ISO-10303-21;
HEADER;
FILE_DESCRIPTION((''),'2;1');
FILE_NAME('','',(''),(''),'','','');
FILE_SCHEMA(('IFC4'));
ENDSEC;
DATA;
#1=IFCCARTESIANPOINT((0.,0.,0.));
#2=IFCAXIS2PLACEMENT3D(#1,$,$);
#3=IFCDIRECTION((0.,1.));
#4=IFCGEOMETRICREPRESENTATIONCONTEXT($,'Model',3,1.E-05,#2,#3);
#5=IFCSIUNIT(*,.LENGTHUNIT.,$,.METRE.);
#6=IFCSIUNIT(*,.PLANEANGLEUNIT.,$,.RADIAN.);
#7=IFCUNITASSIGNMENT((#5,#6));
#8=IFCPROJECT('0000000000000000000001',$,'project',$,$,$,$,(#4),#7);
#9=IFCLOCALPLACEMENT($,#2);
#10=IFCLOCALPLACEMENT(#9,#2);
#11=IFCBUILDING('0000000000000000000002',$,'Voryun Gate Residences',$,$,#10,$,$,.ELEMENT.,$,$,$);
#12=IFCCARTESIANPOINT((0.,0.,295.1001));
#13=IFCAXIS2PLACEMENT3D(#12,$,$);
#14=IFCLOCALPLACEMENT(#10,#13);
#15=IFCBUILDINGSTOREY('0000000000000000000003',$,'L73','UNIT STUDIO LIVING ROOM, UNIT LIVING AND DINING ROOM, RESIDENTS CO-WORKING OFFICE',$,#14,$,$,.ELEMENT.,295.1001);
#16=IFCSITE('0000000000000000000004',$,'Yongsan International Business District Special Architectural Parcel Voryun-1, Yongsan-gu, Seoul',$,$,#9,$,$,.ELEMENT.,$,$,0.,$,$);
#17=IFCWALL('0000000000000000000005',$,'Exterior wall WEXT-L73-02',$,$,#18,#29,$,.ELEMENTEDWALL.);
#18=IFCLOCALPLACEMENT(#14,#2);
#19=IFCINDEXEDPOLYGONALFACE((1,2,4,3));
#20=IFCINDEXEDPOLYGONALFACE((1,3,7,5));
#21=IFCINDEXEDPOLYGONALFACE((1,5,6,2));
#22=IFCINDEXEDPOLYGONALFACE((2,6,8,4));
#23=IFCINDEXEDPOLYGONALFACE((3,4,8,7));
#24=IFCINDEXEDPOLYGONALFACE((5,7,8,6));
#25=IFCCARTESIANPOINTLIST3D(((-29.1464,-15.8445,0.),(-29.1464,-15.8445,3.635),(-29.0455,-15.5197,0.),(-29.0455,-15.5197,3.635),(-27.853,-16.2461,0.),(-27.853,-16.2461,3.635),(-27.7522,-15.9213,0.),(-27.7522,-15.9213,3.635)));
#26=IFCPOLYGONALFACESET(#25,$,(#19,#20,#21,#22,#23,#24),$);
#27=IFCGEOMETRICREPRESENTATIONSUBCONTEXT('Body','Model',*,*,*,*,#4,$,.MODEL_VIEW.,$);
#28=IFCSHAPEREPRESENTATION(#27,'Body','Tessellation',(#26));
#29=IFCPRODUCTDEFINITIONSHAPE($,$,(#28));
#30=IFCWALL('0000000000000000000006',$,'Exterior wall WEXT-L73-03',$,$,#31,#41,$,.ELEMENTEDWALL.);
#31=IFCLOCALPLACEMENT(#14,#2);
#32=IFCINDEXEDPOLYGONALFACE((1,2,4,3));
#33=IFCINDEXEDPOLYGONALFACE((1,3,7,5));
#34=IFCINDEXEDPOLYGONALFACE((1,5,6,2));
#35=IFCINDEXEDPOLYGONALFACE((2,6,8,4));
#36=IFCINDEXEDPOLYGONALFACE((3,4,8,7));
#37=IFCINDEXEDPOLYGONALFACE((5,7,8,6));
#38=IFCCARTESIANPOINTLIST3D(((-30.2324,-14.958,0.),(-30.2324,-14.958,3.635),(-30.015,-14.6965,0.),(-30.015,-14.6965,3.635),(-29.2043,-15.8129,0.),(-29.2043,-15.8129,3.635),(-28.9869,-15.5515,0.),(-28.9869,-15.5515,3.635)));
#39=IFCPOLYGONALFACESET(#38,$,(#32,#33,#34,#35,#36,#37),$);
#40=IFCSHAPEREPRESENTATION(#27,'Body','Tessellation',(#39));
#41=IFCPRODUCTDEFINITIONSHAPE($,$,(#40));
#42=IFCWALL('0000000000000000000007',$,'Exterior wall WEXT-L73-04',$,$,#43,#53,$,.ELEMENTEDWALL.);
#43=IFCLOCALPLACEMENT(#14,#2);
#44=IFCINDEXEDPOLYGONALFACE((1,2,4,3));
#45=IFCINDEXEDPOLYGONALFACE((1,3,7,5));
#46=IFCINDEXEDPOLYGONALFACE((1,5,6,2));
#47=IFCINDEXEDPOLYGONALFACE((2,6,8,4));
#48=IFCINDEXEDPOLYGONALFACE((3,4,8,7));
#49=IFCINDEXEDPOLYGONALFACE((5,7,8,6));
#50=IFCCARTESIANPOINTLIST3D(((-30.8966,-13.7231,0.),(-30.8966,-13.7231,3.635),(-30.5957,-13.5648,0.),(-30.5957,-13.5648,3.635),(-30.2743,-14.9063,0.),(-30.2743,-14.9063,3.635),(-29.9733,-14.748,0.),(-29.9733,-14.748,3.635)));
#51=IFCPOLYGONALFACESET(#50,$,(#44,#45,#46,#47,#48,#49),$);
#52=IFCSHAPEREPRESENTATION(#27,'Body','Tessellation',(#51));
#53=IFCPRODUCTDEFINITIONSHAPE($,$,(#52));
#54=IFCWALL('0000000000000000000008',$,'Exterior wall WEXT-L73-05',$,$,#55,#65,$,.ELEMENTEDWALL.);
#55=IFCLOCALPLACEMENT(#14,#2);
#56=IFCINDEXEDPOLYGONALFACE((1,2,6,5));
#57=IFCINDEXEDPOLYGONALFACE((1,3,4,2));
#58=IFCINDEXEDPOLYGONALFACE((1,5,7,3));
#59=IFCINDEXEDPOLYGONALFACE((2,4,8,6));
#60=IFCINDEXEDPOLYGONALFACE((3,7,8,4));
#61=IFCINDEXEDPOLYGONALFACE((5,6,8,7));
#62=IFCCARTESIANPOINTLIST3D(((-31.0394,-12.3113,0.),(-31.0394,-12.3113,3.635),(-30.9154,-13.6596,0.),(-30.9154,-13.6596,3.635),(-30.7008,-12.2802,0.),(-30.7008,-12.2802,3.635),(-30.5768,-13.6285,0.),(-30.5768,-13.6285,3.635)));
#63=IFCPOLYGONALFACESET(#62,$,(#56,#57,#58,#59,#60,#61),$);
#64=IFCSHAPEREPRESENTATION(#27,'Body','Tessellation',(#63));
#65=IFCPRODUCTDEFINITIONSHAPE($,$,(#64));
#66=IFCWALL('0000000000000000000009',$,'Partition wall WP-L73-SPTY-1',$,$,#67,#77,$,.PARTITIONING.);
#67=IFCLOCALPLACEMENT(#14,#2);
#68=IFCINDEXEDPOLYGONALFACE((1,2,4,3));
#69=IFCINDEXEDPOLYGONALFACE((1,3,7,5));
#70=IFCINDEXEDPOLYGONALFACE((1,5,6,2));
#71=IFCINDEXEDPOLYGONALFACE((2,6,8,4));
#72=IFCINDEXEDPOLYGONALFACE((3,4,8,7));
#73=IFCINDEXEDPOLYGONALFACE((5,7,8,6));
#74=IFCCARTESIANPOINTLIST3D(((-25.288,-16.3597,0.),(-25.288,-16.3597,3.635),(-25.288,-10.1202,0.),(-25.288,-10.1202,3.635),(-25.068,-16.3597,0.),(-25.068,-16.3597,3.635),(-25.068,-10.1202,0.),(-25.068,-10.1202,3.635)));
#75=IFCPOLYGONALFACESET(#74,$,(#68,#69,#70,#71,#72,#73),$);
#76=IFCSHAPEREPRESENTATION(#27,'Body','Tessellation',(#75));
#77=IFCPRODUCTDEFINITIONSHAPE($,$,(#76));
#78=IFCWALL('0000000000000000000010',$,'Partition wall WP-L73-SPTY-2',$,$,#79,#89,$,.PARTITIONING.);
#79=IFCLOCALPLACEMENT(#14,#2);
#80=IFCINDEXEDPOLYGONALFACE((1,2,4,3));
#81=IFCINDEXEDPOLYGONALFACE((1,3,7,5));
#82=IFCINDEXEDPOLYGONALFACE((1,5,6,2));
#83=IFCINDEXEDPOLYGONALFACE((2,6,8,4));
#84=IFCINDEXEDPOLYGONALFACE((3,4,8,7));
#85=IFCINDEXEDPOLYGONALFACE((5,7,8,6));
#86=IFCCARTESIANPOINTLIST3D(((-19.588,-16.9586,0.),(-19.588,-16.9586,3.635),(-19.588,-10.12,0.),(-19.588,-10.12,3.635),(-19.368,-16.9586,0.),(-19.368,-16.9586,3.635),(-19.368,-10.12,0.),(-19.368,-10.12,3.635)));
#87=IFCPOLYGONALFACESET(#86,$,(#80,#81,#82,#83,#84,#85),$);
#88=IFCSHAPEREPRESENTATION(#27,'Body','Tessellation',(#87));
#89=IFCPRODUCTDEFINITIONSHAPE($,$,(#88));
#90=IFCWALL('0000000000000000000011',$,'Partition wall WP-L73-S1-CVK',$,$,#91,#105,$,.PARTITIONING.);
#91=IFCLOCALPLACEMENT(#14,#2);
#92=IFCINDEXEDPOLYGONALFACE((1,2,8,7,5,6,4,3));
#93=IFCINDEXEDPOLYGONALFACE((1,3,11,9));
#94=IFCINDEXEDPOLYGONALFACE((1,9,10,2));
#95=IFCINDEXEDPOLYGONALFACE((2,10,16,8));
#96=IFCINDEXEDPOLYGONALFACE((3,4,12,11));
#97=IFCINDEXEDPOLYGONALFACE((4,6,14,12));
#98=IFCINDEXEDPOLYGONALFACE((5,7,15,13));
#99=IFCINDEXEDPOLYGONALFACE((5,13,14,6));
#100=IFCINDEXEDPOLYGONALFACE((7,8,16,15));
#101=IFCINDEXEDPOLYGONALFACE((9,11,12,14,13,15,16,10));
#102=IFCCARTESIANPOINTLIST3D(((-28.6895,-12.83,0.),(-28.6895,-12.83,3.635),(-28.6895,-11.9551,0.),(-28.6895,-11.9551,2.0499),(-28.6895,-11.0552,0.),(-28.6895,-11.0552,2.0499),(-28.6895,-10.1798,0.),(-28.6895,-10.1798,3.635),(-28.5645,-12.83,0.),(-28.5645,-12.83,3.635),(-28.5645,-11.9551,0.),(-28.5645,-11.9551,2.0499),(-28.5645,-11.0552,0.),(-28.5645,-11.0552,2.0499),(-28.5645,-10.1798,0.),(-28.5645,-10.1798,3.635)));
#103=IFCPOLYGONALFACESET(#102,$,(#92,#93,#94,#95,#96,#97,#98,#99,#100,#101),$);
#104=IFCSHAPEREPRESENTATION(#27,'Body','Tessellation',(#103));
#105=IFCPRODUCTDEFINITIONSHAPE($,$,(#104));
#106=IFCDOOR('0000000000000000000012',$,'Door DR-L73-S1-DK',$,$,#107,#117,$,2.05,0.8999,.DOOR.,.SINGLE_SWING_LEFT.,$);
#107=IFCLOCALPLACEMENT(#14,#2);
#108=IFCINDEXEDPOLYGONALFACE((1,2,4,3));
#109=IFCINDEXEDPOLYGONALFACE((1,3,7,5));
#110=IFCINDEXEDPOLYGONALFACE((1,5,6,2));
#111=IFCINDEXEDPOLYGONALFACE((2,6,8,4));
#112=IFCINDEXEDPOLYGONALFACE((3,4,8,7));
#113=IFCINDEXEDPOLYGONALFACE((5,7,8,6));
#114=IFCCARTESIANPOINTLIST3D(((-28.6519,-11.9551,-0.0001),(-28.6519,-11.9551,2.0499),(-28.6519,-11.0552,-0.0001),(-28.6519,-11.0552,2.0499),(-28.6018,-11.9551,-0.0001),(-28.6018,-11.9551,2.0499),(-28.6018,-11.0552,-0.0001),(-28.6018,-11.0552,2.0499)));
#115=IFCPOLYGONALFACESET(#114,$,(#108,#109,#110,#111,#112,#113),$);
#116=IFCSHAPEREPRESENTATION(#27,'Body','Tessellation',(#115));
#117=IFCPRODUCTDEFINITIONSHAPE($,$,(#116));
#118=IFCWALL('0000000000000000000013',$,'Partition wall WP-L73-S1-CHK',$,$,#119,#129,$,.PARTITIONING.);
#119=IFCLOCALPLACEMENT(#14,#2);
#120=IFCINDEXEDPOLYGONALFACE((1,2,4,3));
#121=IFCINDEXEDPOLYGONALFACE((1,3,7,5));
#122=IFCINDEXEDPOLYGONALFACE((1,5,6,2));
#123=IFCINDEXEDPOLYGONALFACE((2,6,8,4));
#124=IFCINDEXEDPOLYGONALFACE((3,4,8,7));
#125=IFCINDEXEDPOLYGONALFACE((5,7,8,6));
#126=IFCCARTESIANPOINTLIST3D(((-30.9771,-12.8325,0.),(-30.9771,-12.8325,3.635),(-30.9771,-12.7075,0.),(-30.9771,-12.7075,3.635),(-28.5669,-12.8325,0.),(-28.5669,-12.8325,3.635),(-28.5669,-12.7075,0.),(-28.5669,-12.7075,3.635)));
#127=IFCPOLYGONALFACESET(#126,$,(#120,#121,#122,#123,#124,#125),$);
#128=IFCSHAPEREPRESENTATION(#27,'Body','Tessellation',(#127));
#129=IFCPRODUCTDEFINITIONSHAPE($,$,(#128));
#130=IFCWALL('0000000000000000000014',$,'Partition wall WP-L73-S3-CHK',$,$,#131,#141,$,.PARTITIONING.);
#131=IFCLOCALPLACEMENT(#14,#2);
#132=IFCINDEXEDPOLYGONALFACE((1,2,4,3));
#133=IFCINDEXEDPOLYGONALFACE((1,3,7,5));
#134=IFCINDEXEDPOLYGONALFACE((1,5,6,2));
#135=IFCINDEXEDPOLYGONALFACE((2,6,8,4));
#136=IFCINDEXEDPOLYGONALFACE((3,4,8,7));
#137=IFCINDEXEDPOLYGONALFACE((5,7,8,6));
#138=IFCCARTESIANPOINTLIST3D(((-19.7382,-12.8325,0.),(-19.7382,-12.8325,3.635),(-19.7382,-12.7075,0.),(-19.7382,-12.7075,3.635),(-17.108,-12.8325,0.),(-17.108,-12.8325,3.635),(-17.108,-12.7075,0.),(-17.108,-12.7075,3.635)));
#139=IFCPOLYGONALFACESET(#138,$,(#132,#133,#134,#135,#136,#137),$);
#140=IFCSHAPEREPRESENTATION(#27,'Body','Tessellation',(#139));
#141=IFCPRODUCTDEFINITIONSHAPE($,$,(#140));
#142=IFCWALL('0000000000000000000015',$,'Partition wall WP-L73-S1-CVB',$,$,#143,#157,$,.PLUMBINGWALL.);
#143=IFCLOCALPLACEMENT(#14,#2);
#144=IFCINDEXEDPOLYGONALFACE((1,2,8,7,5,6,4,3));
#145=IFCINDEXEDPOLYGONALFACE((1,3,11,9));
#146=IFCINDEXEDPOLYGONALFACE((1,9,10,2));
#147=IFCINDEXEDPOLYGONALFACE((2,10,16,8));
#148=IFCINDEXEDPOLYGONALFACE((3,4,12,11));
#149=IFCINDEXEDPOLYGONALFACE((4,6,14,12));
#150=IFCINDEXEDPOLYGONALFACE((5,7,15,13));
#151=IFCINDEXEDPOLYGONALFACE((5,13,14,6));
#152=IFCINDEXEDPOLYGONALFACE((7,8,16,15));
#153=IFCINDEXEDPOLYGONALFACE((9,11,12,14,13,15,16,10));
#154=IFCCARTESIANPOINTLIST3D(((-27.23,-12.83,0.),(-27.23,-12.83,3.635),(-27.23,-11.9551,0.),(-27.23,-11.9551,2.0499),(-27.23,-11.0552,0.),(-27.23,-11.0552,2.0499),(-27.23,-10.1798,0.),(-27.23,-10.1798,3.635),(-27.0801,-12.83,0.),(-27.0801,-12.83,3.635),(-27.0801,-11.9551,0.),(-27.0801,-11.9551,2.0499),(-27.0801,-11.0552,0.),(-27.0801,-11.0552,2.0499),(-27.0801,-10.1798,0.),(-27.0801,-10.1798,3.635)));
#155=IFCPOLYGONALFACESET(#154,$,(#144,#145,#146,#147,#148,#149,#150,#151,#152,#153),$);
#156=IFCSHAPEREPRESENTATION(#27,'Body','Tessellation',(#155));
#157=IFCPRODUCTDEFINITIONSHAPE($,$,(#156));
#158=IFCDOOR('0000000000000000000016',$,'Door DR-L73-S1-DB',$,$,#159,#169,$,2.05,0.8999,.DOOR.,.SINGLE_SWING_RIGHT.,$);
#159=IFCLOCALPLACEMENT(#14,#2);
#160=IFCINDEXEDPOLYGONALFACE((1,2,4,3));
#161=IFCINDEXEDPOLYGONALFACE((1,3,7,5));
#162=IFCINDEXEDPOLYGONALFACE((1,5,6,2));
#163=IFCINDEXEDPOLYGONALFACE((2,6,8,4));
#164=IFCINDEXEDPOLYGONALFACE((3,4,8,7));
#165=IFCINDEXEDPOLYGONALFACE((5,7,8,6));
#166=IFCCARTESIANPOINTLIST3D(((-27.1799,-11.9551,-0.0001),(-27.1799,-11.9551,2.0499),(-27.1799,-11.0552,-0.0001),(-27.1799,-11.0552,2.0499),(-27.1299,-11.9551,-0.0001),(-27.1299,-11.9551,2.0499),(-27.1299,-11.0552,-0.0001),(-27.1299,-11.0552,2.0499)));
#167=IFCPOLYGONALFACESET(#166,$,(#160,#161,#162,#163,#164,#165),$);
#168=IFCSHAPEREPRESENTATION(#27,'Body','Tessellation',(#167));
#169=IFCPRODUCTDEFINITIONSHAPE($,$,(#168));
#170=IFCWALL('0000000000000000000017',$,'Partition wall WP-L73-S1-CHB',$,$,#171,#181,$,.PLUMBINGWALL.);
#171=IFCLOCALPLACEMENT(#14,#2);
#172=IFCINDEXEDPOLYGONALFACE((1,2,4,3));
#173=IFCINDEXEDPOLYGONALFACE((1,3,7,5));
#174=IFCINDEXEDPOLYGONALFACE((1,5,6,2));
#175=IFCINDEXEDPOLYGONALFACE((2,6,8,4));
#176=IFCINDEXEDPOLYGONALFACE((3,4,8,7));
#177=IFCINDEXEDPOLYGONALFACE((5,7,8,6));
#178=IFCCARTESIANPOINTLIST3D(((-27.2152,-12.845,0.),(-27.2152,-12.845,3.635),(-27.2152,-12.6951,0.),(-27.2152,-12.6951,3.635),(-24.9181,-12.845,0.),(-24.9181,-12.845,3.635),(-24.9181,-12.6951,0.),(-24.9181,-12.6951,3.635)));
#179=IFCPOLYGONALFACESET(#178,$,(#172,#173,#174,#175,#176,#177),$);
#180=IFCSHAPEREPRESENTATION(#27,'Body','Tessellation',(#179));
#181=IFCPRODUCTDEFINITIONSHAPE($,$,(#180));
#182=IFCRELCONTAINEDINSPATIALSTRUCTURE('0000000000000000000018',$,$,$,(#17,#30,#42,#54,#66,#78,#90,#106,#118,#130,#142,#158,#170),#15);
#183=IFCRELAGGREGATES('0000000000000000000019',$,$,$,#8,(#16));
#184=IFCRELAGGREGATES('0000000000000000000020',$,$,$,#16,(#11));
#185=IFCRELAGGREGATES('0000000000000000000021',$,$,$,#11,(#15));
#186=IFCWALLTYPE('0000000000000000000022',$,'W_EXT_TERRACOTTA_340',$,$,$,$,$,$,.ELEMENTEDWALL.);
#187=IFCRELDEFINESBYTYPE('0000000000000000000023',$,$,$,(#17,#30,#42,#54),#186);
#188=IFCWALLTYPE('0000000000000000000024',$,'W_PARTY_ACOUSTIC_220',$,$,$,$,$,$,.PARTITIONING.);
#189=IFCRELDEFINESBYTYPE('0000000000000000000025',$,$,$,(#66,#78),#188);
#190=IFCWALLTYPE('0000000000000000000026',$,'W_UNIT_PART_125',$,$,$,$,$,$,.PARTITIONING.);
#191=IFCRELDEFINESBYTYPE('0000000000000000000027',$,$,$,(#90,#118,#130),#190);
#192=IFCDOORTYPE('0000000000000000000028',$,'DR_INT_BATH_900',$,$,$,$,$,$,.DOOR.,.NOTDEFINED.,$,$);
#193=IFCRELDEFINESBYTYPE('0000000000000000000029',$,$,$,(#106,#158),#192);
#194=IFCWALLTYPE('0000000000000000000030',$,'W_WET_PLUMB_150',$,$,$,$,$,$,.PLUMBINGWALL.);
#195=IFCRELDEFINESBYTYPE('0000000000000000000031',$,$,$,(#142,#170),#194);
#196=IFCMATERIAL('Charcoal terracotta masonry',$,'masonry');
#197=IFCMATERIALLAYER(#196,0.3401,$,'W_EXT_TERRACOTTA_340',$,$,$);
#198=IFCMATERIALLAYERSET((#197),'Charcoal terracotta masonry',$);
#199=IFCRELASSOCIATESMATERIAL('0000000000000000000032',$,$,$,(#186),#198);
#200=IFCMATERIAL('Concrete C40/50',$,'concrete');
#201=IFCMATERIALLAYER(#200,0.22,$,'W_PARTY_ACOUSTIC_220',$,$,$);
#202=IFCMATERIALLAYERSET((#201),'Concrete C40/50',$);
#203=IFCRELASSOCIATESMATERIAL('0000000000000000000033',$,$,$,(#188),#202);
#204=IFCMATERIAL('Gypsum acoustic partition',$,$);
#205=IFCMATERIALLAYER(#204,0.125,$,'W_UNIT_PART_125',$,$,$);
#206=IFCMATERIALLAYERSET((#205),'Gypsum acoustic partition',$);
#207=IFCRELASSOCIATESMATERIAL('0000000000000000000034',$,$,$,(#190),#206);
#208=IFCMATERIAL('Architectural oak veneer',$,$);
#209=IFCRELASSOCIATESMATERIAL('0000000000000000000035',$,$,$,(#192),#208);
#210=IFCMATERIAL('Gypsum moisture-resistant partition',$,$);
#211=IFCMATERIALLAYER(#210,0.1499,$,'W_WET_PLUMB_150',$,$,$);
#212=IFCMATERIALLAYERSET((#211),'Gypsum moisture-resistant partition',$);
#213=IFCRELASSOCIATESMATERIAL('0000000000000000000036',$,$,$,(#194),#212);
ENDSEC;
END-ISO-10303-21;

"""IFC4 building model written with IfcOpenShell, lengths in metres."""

from ifc_helpers import new_model, si_unit, direction, frame, frame_2d, origin, place, context, subcontext, project, spatial, rectangle, extrude, material, layer, layer_set, type_object, element, fill, save


model = new_model("IFC4")

# Units and contexts
model_context = context("Model", 3, precision=1e-05, world=origin(), true_north=direction((0.0, 1.0)))
body_context = subcontext(model_context, "Body", "Model", "MODEL_VIEW")
ifc_project = project(units=[si_unit("LENGTHUNIT", "METRE"), si_unit("PLANEANGLEUNIT", "RADIAN")], contexts=[model_context])

# Site, building, storey
site_placement = place(None, origin())
site = spatial("IfcSite", under=ifc_project, at=site_placement, Name="Yongsan International Business District Special Architectural Parcel Voryun-1, Yongsan-gu, Seoul", CompositionType="ELEMENT", RefElevation=0.0)
building_placement = place(site_placement, origin())
building = spatial("IfcBuilding", under=site, at=building_placement, Name="Voryun Gate Residences", CompositionType="ELEMENT")
storey_placement = place(building_placement, frame((0.0, 0.0, 295.1001)))
storey = spatial("IfcBuildingStorey", under=building, at=storey_placement, Name="L73", Description="UNIT STUDIO LIVING ROOM, UNIT LIVING AND DINING ROOM, RESIDENTS CO-WORKING OFFICE", CompositionType="ELEMENT", Elevation=295.1001)

# Walls
ifc_material_1 = material(Name="Charcoal terracotta masonry", Category="masonry")
ifc_layer_1 = layer(ifc_material_1, 0.3401, Name="W_EXT_TERRACOTTA_340")
ifc_layer_set_1 = layer_set([ifc_layer_1], Name="Charcoal terracotta masonry")
wall_type_1 = type_object("IfcWallType", Name="W_EXT_TERRACOTTA_340", PredefinedType="ELEMENTEDWALL", material=ifc_layer_set_1)
wall_1_placement = place(storey_placement, frame((-27.8025, -16.0837, 0.0), z_axis=(0.0, 0.0, 1.0), x_axis=(-0.955008, 0.296581, 0.0)))
element("IfcWall", 1, at=wall_1_placement, inside=storey, type_object=wall_type_1, Name="Exterior wall WEXT-L73-02", PredefinedType="ELEMENTEDWALL", context=body_context, shape_type="SweptSolid", body=[
    extrude(rectangle(XDim=1.3542, YDim=0.3401, at=frame_2d((0.6772, 0.0))), origin(), (0.0, 0.0, 1.0), 3.635),
])
wall_2_placement = place(storey_placement, frame((-29.0957, -15.6821, 0.0), z_axis=(0.0, 0.0, 1.0), x_axis=(-0.768864, 0.639412, 0.0)))
element("IfcWall", 2, at=wall_2_placement, inside=storey, type_object=wall_type_1, Name="Exterior wall WEXT-L73-03", PredefinedType="ELEMENTEDWALL", context=body_context, shape_type="SweptSolid", body=[
    extrude(rectangle(XDim=1.3372, YDim=0.3401, at=frame_2d((0.6685, 0.0))), origin(), (0.0, 0.0, 1.0), 3.635),
])
wall_3_placement = place(storey_placement, frame((-30.1238, -14.8271, 0.0), z_axis=(0.0, 0.0, 1.0), x_axis=(-0.465528, 0.885033, 0.0)))
element("IfcWall", 3, at=wall_3_placement, inside=storey, type_object=wall_type_1, Name="Exterior wall WEXT-L73-04", PredefinedType="ELEMENTEDWALL", context=body_context, shape_type="SweptSolid", body=[
    extrude(rectangle(XDim=1.3369, YDim=0.3401, at=frame_2d((0.6685, 0.0))), origin(), (0.0, 0.0, 1.0), 3.635),
])
wall_4_placement = place(storey_placement, frame((-30.7461, -13.644, 0.0), z_axis=(0.0, 0.0, 1.0), x_axis=(-0.091592, 0.995797, 0.0)))
element("IfcWall", 4, at=wall_4_placement, inside=storey, type_object=wall_type_1, Name="Exterior wall WEXT-L73-05", PredefinedType="ELEMENTEDWALL", context=body_context, shape_type="SweptSolid", body=[
    extrude(rectangle(XDim=1.354, YDim=0.3401, at=frame_2d((0.677, 0.0))), origin(), (0.0, 0.0, 1.0), 3.635),
])
ifc_material_2 = material(Name="Concrete C40/50", Category="concrete")
ifc_layer_2 = layer(ifc_material_2, 0.22, Name="W_PARTY_ACOUSTIC_220")
ifc_layer_set_2 = layer_set([ifc_layer_2], Name="Concrete C40/50")
wall_type_2 = type_object("IfcWallType", Name="W_PARTY_ACOUSTIC_220", PredefinedType="PARTITIONING", material=ifc_layer_set_2)
wall_5_placement = place(storey_placement, frame((-25.178, -16.3596, 0.0), z_axis=(0.0, 0.0, 1.0), x_axis=(0.0, 1.0, 0.0)))
element("IfcWall", 5, at=wall_5_placement, inside=storey, type_object=wall_type_2, Name="Partition wall WP-L73-SPTY-1", PredefinedType="PARTITIONING", context=body_context, shape_type="SweptSolid", body=[
    extrude(rectangle(XDim=6.2395, YDim=0.22, at=frame_2d((3.1196, 0.0))), origin(), (0.0, 0.0, 1.0), 3.635),
])
wall_6_placement = place(storey_placement, frame((-19.478, -16.9587, 0.0), z_axis=(0.0, 0.0, 1.0), x_axis=(0.0, 1.0, 0.0)))
element("IfcWall", 6, at=wall_6_placement, inside=storey, type_object=wall_type_2, Name="Partition wall WP-L73-SPTY-2", PredefinedType="PARTITIONING", context=body_context, shape_type="SweptSolid", body=[
    extrude(rectangle(XDim=6.8386, YDim=0.22, at=frame_2d((3.4194, 0.0))), origin(), (0.0, 0.0, 1.0), 3.635),
])

# Wall, opening, door
ifc_material_3 = material(Name="Gypsum acoustic partition")
ifc_layer_3 = layer(ifc_material_3, 0.125, Name="W_UNIT_PART_125")
ifc_layer_set_3 = layer_set([ifc_layer_3], Name="Gypsum acoustic partition")
wall_type_3 = type_object("IfcWallType", Name="W_UNIT_PART_125", PredefinedType="PARTITIONING", material=ifc_layer_set_3)
wall_7_placement = place(storey_placement, frame((-28.627, -12.8301, 0.0), z_axis=(0.0, 0.0, 1.0), x_axis=(0.0, 1.0, 0.0)))
wall_7 = element("IfcWall", 7, at=wall_7_placement, inside=storey, type_object=wall_type_3, Name="Partition wall WP-L73-S1-CVK", PredefinedType="PARTITIONING", context=body_context, shape_type="SweptSolid", body=[
    extrude(rectangle(XDim=2.6501, YDim=0.125, at=frame_2d((1.3252, 0.0))), origin(), (0.0, 0.0, 1.0), 3.635),
])
opening_1_placement = place(wall_7_placement, frame((0.875, 0.0, 0.0)))
opening_1 = element("IfcOpeningElement", 8, at=opening_1_placement, cuts=wall_7, PredefinedType="OPENING", context=body_context, shape_type="SweptSolid", body=[
    extrude(rectangle(XDim=0.8999, YDim=2.05, at=frame_2d((0.45, 1.0249))), frame((0.0, 0.0725, 0.0), z_axis=(0.0, -1.0, 0.0), x_axis=(1.0, 0.0, 0.0)), (0.0, 0.0, 1.0), 0.145),
])
ifc_material_4 = material(Name="Architectural oak veneer")
door_type = type_object("IfcDoorType", Name="DR_INT_BATH_900", OperationType="NOTDEFINED", PredefinedType="DOOR", material=ifc_material_4)
door_1_placement = place(opening_1_placement, origin())
door_1 = element("IfcDoor", 9, at=door_1_placement, inside=storey, type_object=door_type, Name="Door DR-L73-S1-DK", OperationType="SINGLE_SWING_LEFT", OverallHeight=2.05, OverallWidth=0.8999, PredefinedType="DOOR", context=body_context, shape_type="SweptSolid", body=[
    extrude(rectangle(XDim=0.8999, YDim=2.05, at=frame_2d((0.45, 1.0249))), frame((0.0, 0.0249, 0.0), z_axis=(0.0, -1.0, 0.0), x_axis=(1.0, 0.0, 0.0)), (0.0, 0.0, 1.0), 0.05),
])
fill(opening_1, door_1)

# Walls
wall_8_placement = place(storey_placement, frame((-30.9771, -12.77, 0.0), z_axis=(0.0, 0.0, 1.0), x_axis=(1.0, 0.0, 0.0)))
element("IfcWall", 10, at=wall_8_placement, inside=storey, type_object=wall_type_3, Name="Partition wall WP-L73-S1-CHK", PredefinedType="PARTITIONING", context=body_context, shape_type="SweptSolid", body=[
    extrude(rectangle(XDim=2.4102, YDim=0.125, at=frame_2d((1.2051, 0.0))), origin(), (0.0, 0.0, 1.0), 3.635),
])
wall_9_placement = place(storey_placement, frame((-19.738, -12.77, 0.0), z_axis=(0.0, 0.0, 1.0), x_axis=(1.0, 0.0, 0.0)))
element("IfcWall", 11, at=wall_9_placement, inside=storey, type_object=wall_type_3, Name="Partition wall WP-L73-S3-CHK", PredefinedType="PARTITIONING", context=body_context, shape_type="SweptSolid", body=[
    extrude(rectangle(XDim=2.6301, YDim=0.125, at=frame_2d((1.3149, 0.0))), origin(), (0.0, 0.0, 1.0), 3.635),
])

# Wall, opening, door
ifc_material_5 = material(Name="Gypsum moisture-resistant partition")
ifc_layer_4 = layer(ifc_material_5, 0.1499, Name="W_WET_PLUMB_150")
ifc_layer_set_4 = layer_set([ifc_layer_4], Name="Gypsum moisture-resistant partition")
wall_type_4 = type_object("IfcWallType", Name="W_WET_PLUMB_150", PredefinedType="PLUMBINGWALL", material=ifc_layer_set_4)
wall_10_placement = place(storey_placement, frame((-27.155, -12.8301, 0.0), z_axis=(0.0, 0.0, 1.0), x_axis=(0.0, 1.0, 0.0)))
wall_10 = element("IfcWall", 12, at=wall_10_placement, inside=storey, type_object=wall_type_4, Name="Partition wall WP-L73-S1-CVB", PredefinedType="PLUMBINGWALL", context=body_context, shape_type="SweptSolid", body=[
    extrude(rectangle(XDim=2.6501, YDim=0.1499, at=frame_2d((1.3252, 0.0))), origin(), (0.0, 0.0, 1.0), 3.635),
])
opening_2_placement = place(wall_10_placement, frame((0.875, 0.0, 0.0)))
opening_2 = element("IfcOpeningElement", 13, at=opening_2_placement, cuts=wall_10, PredefinedType="OPENING", context=body_context, shape_type="SweptSolid", body=[
    extrude(rectangle(XDim=0.8999, YDim=2.05, at=frame_2d((0.45, 1.0249))), frame((0.0, 0.085, 0.0), z_axis=(0.0, -1.0, 0.0), x_axis=(1.0, 0.0, 0.0)), (0.0, 0.0, 1.0), 0.1699),
])
door_2_placement = place(opening_2_placement, origin())
door_2 = element("IfcDoor", 14, at=door_2_placement, inside=storey, type_object=door_type, Name="Door DR-L73-S1-DB", OperationType="SINGLE_SWING_RIGHT", OverallHeight=2.05, OverallWidth=0.8999, PredefinedType="DOOR", context=body_context, shape_type="SweptSolid", body=[
    extrude(rectangle(XDim=0.8999, YDim=2.05, at=frame_2d((0.45, 1.0249))), frame((0.0, 0.0249, 0.0), z_axis=(0.0, -1.0, 0.0), x_axis=(1.0, 0.0, 0.0)), (0.0, 0.0, 1.0), 0.05),
])
fill(opening_2, door_2)

# Wall
wall_11_placement = place(storey_placement, frame((-27.2151, -12.77, 0.0), z_axis=(0.0, 0.0, 1.0), x_axis=(1.0, 0.0, 0.0)))
element("IfcWall", 15, at=wall_11_placement, inside=storey, type_object=wall_type_4, Name="Partition wall WP-L73-S1-CHB", PredefinedType="PLUMBINGWALL", context=body_context, shape_type="SweptSolid", body=[
    extrude(rectangle(XDim=2.2971, YDim=0.1499, at=frame_2d((1.1484, 0.0))), origin(), (0.0, 0.0, 1.0), 3.635),
])

save(model, "model.ifc")
